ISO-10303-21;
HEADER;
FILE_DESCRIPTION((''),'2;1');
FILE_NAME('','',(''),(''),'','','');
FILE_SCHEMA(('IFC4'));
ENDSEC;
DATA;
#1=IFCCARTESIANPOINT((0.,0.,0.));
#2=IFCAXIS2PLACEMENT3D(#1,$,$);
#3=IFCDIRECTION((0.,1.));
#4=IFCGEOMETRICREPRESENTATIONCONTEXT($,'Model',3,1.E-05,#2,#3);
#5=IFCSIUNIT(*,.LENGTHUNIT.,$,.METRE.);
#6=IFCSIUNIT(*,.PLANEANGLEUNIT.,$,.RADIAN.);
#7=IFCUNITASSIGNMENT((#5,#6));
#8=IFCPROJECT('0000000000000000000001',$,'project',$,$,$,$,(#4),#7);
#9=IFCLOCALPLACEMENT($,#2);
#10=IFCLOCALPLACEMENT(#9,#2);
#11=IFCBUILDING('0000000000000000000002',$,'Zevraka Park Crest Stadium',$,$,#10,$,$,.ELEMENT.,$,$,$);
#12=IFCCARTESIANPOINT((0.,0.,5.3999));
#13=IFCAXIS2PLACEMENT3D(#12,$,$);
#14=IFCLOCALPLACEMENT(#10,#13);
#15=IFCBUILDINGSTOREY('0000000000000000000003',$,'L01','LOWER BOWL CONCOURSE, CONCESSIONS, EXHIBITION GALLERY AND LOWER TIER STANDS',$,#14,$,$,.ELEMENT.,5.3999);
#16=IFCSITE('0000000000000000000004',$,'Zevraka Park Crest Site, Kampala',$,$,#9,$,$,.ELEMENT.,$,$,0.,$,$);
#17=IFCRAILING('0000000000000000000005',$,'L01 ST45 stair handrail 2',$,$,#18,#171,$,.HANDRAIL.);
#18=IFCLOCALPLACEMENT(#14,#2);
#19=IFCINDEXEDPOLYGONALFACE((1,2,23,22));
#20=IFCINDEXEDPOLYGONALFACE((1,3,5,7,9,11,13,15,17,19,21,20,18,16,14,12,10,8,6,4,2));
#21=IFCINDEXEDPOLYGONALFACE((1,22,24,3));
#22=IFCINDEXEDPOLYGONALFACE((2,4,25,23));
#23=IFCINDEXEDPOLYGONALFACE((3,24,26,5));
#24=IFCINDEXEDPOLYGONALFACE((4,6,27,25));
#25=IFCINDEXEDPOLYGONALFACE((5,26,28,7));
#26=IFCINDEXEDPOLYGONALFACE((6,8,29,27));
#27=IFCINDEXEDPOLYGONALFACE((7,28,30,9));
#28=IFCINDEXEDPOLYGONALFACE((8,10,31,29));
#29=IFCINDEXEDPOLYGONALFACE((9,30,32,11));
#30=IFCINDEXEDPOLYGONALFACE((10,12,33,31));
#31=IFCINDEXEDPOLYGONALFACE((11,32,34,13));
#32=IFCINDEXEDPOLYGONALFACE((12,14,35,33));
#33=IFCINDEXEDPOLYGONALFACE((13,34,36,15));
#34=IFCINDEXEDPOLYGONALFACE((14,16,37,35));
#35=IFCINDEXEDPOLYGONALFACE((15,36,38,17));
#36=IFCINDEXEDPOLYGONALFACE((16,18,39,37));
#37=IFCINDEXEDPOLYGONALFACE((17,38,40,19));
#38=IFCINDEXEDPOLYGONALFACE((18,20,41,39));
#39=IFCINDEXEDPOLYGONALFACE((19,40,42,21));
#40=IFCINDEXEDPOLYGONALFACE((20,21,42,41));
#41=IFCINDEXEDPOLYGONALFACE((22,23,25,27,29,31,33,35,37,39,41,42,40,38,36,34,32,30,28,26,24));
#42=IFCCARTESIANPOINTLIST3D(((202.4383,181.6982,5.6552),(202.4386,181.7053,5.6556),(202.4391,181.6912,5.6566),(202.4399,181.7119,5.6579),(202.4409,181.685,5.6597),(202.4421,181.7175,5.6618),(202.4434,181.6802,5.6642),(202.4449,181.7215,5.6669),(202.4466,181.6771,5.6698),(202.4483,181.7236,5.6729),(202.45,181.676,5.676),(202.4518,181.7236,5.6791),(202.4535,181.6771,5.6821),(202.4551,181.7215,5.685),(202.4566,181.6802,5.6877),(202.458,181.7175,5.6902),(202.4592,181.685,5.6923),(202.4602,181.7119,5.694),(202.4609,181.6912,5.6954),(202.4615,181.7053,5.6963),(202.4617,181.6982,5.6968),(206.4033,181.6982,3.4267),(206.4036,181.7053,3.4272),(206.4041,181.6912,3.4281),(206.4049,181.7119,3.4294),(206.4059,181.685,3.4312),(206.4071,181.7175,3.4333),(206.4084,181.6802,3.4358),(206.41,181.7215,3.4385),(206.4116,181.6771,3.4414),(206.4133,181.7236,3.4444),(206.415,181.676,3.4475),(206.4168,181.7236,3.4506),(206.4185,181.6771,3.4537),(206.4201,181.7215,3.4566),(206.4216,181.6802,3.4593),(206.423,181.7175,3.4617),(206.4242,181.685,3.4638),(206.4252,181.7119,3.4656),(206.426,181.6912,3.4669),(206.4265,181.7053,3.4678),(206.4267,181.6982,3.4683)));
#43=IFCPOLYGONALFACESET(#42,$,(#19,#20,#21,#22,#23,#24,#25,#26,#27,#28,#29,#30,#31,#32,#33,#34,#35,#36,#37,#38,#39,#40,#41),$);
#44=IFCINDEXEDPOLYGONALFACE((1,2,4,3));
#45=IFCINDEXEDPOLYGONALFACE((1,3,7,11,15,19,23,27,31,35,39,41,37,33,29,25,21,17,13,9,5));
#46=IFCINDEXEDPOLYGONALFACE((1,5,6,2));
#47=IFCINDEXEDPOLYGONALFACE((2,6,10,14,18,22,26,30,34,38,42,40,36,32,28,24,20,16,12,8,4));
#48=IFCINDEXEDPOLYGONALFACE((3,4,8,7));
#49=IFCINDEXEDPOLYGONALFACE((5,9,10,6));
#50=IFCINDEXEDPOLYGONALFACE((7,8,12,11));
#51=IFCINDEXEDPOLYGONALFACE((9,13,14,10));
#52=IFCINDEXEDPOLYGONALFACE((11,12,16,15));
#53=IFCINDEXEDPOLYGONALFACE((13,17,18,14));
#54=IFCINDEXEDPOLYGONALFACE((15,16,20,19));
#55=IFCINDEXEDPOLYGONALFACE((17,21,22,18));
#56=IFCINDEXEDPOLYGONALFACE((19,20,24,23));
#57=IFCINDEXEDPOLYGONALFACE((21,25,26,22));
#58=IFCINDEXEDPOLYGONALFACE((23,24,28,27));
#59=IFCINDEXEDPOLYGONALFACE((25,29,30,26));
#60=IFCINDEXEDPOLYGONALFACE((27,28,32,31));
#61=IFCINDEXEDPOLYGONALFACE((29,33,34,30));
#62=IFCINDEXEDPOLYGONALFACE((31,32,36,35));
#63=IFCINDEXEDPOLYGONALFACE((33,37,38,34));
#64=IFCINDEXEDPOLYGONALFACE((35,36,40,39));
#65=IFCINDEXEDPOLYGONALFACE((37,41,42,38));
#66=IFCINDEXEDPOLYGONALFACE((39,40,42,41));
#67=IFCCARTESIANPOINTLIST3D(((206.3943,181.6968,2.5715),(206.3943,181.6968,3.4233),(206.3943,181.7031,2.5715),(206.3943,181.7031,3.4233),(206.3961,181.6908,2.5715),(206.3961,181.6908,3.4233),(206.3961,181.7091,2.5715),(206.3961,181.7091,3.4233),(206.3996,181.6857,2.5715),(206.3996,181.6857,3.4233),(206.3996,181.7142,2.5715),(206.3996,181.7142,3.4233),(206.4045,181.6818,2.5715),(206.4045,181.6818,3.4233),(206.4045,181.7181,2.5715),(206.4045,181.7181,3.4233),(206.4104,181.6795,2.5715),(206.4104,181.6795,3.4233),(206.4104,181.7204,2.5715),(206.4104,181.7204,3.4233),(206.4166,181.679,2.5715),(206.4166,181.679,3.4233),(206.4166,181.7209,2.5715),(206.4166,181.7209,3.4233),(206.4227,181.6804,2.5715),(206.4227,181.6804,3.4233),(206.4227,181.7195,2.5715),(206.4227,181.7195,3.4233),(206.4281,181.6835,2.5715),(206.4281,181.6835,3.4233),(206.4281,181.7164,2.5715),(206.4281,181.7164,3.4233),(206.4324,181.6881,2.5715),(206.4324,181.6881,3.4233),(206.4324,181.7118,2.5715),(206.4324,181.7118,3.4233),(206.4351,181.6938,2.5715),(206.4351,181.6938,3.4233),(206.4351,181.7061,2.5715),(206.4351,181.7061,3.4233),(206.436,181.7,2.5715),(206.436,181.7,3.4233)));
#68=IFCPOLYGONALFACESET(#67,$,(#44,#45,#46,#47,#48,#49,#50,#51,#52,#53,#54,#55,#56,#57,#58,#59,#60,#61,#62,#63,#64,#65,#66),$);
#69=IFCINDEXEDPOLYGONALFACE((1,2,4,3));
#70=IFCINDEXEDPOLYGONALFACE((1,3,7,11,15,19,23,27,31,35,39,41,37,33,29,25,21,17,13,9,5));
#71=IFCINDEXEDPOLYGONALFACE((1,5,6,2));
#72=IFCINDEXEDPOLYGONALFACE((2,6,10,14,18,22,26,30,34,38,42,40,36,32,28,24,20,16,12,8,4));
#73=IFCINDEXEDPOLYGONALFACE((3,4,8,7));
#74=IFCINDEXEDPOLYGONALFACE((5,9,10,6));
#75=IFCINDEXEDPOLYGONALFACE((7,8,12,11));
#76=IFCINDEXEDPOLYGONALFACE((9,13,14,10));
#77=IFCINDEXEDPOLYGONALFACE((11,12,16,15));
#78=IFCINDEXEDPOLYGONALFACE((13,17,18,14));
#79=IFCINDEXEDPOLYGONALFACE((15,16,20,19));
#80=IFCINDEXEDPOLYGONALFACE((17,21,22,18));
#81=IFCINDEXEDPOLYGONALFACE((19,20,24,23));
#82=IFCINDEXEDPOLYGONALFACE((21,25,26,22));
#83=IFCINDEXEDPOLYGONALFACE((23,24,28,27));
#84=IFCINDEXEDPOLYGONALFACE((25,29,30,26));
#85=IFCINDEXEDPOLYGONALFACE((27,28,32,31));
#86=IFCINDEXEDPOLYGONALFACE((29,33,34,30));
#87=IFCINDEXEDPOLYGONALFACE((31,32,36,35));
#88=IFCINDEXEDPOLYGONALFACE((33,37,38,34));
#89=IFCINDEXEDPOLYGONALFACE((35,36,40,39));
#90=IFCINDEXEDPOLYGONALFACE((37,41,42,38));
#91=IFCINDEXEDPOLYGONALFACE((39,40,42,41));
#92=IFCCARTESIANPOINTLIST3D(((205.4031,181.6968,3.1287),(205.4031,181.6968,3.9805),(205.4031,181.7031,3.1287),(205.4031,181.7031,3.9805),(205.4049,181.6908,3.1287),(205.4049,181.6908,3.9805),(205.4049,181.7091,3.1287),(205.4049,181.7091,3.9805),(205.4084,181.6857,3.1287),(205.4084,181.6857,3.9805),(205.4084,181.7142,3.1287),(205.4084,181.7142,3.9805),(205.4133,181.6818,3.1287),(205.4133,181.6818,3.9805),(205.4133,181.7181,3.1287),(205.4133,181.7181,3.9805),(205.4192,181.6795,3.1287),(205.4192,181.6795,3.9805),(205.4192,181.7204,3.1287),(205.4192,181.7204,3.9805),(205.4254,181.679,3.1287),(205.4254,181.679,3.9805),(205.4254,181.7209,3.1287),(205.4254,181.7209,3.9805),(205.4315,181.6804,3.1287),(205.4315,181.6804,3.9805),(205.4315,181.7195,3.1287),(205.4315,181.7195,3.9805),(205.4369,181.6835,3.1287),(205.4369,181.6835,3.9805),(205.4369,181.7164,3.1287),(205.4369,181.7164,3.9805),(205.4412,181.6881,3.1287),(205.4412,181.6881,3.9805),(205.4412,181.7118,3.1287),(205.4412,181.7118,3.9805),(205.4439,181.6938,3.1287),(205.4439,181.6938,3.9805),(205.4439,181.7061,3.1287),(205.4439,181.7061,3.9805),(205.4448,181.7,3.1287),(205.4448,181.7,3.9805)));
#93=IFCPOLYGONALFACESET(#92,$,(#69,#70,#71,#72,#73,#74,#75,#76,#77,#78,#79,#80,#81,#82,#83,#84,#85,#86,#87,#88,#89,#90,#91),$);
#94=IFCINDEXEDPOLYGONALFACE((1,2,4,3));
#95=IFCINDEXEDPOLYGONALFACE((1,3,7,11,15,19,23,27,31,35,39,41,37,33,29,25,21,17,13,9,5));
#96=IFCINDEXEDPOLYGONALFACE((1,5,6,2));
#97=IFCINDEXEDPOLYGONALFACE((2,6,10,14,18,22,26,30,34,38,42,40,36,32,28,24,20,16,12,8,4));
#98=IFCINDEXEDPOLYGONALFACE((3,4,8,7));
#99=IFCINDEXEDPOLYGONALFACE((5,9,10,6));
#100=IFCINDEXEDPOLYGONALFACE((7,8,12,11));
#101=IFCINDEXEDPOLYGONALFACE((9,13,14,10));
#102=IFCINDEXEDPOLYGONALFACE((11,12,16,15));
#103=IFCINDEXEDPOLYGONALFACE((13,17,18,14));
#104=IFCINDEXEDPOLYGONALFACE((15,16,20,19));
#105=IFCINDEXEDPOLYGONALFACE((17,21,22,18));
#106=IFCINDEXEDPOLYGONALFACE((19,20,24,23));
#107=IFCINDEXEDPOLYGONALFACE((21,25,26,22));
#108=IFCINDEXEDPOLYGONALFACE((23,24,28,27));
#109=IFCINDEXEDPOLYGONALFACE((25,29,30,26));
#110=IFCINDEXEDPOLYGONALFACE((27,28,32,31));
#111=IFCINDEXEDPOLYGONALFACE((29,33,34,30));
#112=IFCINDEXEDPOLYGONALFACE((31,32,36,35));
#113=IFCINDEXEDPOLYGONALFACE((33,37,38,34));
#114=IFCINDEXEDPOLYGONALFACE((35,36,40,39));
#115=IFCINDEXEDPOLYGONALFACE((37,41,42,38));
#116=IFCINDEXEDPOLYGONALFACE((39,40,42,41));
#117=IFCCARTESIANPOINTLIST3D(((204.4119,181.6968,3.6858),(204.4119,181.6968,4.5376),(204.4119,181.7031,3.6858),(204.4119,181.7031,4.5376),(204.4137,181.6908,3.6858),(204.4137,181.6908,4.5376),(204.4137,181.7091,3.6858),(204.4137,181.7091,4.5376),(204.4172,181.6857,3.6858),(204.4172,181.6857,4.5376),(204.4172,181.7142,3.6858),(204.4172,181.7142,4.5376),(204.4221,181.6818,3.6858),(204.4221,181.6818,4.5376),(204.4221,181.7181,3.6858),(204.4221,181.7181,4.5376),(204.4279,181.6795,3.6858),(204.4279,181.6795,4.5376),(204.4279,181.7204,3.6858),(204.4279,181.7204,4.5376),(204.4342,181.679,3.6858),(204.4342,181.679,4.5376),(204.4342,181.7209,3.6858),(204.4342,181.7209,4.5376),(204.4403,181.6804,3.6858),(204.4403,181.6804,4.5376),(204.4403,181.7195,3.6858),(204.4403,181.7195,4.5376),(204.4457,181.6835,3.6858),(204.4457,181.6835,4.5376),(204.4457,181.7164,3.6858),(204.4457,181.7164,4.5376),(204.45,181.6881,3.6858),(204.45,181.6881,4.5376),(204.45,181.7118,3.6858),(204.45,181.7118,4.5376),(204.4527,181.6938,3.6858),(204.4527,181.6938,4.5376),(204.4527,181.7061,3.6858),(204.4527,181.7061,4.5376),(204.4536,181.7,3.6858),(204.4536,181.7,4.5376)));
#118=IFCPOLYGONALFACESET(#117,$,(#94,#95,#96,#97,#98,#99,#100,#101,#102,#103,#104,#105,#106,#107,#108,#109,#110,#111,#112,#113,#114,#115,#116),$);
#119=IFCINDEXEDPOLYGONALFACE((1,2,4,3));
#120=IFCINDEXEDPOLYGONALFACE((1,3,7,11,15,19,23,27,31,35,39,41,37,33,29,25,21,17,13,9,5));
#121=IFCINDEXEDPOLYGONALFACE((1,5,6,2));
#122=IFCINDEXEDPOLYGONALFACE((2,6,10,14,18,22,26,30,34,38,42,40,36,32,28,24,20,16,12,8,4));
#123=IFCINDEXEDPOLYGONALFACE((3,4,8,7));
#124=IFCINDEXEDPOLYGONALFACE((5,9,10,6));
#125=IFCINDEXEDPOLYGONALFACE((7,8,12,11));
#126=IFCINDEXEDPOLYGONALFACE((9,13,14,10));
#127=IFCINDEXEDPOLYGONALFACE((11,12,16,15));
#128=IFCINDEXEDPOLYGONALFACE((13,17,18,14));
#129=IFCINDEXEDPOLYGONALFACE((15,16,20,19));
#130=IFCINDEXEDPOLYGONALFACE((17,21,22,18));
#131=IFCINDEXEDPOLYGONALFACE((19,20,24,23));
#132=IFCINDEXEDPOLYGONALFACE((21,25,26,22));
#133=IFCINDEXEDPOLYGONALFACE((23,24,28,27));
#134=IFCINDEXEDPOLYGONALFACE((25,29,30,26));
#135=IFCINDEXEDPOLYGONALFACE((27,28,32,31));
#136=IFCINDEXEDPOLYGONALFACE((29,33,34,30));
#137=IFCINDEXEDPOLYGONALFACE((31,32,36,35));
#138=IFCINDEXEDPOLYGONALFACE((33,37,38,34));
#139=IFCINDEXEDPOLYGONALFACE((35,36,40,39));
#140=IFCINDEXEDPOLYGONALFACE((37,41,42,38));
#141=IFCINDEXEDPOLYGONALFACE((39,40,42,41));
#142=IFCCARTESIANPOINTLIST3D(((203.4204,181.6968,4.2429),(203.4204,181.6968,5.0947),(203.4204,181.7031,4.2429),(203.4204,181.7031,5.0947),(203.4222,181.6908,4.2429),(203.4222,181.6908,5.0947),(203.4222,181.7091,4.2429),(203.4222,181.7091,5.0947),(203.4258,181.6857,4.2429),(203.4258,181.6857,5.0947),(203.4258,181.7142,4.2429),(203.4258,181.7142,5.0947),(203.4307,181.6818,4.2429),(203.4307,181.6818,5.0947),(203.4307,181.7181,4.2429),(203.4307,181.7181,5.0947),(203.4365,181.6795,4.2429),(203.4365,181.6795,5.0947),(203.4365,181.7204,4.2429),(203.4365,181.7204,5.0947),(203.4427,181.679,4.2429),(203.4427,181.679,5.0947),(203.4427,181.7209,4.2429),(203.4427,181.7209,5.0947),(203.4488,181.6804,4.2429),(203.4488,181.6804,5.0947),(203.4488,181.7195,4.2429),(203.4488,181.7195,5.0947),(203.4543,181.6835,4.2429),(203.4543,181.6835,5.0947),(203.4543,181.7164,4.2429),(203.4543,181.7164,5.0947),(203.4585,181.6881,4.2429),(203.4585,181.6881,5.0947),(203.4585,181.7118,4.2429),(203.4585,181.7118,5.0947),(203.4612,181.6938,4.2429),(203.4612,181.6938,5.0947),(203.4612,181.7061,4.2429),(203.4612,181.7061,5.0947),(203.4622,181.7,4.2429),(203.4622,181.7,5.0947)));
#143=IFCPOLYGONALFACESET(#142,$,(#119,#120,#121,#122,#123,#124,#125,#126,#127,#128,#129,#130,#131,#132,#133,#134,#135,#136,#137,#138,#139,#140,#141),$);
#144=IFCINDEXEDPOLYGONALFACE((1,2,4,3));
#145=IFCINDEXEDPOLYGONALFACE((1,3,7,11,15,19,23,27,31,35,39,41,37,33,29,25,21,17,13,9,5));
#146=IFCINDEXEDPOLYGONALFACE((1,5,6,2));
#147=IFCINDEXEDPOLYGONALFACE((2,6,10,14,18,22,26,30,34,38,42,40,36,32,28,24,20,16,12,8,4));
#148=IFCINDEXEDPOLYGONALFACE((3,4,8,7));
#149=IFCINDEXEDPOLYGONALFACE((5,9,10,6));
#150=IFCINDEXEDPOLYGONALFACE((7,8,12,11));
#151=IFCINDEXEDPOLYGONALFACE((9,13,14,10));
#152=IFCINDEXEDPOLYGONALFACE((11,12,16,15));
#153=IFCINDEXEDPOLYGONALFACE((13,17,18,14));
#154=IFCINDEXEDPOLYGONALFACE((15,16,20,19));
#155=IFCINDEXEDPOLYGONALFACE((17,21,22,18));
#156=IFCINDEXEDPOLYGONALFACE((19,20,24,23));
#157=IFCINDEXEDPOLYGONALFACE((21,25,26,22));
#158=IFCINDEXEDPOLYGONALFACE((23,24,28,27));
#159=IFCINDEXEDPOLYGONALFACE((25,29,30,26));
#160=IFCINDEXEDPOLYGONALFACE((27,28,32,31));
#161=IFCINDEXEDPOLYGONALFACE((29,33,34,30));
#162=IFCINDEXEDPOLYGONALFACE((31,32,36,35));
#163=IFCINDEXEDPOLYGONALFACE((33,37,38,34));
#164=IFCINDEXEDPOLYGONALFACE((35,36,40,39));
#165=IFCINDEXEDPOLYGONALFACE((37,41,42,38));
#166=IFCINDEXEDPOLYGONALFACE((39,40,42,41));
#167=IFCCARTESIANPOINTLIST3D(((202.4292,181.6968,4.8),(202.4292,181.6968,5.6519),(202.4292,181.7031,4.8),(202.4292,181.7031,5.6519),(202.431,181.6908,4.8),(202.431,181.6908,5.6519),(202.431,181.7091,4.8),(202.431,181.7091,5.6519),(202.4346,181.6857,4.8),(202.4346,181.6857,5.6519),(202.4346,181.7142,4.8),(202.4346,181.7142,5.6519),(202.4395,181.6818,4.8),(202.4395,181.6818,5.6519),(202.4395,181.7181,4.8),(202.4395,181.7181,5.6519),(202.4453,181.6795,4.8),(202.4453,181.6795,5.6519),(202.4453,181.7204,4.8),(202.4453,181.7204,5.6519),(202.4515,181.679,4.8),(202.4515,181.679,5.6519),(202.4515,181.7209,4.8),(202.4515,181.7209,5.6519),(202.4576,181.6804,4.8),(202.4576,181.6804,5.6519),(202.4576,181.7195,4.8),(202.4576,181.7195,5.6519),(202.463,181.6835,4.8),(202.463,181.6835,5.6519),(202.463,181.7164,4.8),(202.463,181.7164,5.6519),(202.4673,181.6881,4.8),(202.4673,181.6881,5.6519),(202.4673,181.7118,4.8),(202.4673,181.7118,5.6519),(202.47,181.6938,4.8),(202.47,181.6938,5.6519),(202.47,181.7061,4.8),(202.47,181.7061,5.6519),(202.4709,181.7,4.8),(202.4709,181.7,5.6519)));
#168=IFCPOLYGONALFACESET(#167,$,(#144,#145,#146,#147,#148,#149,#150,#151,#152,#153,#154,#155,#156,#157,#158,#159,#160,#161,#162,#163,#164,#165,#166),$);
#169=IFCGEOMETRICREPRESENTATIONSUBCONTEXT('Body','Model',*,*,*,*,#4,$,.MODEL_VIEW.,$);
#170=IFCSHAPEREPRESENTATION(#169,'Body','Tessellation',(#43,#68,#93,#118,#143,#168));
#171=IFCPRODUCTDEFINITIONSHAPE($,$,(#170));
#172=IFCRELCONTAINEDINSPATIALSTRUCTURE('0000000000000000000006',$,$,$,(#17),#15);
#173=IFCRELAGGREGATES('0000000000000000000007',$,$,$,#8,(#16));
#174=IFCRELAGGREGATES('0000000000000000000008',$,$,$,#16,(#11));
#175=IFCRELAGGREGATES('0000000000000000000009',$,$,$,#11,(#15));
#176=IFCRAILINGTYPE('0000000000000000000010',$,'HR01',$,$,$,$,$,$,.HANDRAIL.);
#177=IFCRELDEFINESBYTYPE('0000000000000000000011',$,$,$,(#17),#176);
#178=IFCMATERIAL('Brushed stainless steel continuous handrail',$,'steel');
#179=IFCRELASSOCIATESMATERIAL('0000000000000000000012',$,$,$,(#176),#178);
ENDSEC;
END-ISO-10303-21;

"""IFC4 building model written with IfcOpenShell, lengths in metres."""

from ifc_helpers import new_model, si_unit, direction, frame, origin, origin_2d, place, context, subcontext, project, spatial, circle, extrude, material, type_object, element, save


model = new_model("IFC4")

# Units and contexts
model_context = context("Model", 3, precision=1e-05, world=origin(), true_north=direction((0.0, 1.0)))
body_context = subcontext(model_context, "Body", "Model", "MODEL_VIEW")
ifc_project = project(units=[si_unit("LENGTHUNIT", "METRE"), si_unit("PLANEANGLEUNIT", "RADIAN")], contexts=[model_context])

# Site, building, storey
site_placement = place(None, origin())
site = spatial("IfcSite", under=ifc_project, at=site_placement, Name="Zevraka Park Crest Site, Kampala", CompositionType="ELEMENT", RefElevation=0.0)
building_placement = place(site_placement, origin())
building = spatial("IfcBuilding", under=site, at=building_placement, Name="Zevraka Park Crest Stadium", CompositionType="ELEMENT")
storey_placement = place(building_placement, frame((0.0, 0.0, 5.3999)))
storey = spatial("IfcBuildingStorey", under=building, at=storey_placement, Name="L01", Description="LOWER BOWL CONCOURSE, CONCESSIONS, EXHIBITION GALLERY AND LOWER TIER STANDS", CompositionType="ELEMENT", Elevation=5.3999)

# Railing
ifc_material_1 = material(Name="Brushed stainless steel continuous handrail", Category="steel")
railing_type_1 = type_object("IfcRailingType", Name="HR01", PredefinedType="HANDRAIL", material=ifc_material_1)
railing_1_placement = place(storey_placement, frame((206.415, 181.7, 2.5715)))
element("IfcRailing", 1, at=railing_1_placement, inside=storey, type_object=railing_type_1, Name="L01 ST45 stair handrail 2", PredefinedType="HANDRAIL", context=body_context, shape_type="SweptSolid", body=[
    extrude(circle(Radius=0.0239, at=origin_2d()), frame((0.0, 0.0, 0.876), z_axis=(-0.871749, 0.0, 0.489953), x_axis=(0.0, -1.0, 0.0)), (0.0, 0.0, 1.0), 4.5483),
    extrude(circle(Radius=0.021, at=origin_2d()), origin(), (0.0, 0.0, 1.0), 0.8518),
    extrude(circle(Radius=0.021, at=origin_2d()), frame((-0.9912, 0.0, 0.5571)), (0.0, 0.0, 1.0), 0.8518),
    extrude(circle(Radius=0.021, at=origin_2d()), frame((-1.9824, 0.0, 1.1143)), (0.0, 0.0, 1.0), 0.8518),
    extrude(circle(Radius=0.021, at=origin_2d()), frame((-2.9739, 0.0, 1.6714)), (0.0, 0.0, 1.0), 0.8518),
    extrude(circle(Radius=0.021, at=origin_2d()), frame((-3.9651, 0.0, 2.2285)), (0.0, 0.0, 1.0), 0.8518),
])

save(model, "model.ifc")
